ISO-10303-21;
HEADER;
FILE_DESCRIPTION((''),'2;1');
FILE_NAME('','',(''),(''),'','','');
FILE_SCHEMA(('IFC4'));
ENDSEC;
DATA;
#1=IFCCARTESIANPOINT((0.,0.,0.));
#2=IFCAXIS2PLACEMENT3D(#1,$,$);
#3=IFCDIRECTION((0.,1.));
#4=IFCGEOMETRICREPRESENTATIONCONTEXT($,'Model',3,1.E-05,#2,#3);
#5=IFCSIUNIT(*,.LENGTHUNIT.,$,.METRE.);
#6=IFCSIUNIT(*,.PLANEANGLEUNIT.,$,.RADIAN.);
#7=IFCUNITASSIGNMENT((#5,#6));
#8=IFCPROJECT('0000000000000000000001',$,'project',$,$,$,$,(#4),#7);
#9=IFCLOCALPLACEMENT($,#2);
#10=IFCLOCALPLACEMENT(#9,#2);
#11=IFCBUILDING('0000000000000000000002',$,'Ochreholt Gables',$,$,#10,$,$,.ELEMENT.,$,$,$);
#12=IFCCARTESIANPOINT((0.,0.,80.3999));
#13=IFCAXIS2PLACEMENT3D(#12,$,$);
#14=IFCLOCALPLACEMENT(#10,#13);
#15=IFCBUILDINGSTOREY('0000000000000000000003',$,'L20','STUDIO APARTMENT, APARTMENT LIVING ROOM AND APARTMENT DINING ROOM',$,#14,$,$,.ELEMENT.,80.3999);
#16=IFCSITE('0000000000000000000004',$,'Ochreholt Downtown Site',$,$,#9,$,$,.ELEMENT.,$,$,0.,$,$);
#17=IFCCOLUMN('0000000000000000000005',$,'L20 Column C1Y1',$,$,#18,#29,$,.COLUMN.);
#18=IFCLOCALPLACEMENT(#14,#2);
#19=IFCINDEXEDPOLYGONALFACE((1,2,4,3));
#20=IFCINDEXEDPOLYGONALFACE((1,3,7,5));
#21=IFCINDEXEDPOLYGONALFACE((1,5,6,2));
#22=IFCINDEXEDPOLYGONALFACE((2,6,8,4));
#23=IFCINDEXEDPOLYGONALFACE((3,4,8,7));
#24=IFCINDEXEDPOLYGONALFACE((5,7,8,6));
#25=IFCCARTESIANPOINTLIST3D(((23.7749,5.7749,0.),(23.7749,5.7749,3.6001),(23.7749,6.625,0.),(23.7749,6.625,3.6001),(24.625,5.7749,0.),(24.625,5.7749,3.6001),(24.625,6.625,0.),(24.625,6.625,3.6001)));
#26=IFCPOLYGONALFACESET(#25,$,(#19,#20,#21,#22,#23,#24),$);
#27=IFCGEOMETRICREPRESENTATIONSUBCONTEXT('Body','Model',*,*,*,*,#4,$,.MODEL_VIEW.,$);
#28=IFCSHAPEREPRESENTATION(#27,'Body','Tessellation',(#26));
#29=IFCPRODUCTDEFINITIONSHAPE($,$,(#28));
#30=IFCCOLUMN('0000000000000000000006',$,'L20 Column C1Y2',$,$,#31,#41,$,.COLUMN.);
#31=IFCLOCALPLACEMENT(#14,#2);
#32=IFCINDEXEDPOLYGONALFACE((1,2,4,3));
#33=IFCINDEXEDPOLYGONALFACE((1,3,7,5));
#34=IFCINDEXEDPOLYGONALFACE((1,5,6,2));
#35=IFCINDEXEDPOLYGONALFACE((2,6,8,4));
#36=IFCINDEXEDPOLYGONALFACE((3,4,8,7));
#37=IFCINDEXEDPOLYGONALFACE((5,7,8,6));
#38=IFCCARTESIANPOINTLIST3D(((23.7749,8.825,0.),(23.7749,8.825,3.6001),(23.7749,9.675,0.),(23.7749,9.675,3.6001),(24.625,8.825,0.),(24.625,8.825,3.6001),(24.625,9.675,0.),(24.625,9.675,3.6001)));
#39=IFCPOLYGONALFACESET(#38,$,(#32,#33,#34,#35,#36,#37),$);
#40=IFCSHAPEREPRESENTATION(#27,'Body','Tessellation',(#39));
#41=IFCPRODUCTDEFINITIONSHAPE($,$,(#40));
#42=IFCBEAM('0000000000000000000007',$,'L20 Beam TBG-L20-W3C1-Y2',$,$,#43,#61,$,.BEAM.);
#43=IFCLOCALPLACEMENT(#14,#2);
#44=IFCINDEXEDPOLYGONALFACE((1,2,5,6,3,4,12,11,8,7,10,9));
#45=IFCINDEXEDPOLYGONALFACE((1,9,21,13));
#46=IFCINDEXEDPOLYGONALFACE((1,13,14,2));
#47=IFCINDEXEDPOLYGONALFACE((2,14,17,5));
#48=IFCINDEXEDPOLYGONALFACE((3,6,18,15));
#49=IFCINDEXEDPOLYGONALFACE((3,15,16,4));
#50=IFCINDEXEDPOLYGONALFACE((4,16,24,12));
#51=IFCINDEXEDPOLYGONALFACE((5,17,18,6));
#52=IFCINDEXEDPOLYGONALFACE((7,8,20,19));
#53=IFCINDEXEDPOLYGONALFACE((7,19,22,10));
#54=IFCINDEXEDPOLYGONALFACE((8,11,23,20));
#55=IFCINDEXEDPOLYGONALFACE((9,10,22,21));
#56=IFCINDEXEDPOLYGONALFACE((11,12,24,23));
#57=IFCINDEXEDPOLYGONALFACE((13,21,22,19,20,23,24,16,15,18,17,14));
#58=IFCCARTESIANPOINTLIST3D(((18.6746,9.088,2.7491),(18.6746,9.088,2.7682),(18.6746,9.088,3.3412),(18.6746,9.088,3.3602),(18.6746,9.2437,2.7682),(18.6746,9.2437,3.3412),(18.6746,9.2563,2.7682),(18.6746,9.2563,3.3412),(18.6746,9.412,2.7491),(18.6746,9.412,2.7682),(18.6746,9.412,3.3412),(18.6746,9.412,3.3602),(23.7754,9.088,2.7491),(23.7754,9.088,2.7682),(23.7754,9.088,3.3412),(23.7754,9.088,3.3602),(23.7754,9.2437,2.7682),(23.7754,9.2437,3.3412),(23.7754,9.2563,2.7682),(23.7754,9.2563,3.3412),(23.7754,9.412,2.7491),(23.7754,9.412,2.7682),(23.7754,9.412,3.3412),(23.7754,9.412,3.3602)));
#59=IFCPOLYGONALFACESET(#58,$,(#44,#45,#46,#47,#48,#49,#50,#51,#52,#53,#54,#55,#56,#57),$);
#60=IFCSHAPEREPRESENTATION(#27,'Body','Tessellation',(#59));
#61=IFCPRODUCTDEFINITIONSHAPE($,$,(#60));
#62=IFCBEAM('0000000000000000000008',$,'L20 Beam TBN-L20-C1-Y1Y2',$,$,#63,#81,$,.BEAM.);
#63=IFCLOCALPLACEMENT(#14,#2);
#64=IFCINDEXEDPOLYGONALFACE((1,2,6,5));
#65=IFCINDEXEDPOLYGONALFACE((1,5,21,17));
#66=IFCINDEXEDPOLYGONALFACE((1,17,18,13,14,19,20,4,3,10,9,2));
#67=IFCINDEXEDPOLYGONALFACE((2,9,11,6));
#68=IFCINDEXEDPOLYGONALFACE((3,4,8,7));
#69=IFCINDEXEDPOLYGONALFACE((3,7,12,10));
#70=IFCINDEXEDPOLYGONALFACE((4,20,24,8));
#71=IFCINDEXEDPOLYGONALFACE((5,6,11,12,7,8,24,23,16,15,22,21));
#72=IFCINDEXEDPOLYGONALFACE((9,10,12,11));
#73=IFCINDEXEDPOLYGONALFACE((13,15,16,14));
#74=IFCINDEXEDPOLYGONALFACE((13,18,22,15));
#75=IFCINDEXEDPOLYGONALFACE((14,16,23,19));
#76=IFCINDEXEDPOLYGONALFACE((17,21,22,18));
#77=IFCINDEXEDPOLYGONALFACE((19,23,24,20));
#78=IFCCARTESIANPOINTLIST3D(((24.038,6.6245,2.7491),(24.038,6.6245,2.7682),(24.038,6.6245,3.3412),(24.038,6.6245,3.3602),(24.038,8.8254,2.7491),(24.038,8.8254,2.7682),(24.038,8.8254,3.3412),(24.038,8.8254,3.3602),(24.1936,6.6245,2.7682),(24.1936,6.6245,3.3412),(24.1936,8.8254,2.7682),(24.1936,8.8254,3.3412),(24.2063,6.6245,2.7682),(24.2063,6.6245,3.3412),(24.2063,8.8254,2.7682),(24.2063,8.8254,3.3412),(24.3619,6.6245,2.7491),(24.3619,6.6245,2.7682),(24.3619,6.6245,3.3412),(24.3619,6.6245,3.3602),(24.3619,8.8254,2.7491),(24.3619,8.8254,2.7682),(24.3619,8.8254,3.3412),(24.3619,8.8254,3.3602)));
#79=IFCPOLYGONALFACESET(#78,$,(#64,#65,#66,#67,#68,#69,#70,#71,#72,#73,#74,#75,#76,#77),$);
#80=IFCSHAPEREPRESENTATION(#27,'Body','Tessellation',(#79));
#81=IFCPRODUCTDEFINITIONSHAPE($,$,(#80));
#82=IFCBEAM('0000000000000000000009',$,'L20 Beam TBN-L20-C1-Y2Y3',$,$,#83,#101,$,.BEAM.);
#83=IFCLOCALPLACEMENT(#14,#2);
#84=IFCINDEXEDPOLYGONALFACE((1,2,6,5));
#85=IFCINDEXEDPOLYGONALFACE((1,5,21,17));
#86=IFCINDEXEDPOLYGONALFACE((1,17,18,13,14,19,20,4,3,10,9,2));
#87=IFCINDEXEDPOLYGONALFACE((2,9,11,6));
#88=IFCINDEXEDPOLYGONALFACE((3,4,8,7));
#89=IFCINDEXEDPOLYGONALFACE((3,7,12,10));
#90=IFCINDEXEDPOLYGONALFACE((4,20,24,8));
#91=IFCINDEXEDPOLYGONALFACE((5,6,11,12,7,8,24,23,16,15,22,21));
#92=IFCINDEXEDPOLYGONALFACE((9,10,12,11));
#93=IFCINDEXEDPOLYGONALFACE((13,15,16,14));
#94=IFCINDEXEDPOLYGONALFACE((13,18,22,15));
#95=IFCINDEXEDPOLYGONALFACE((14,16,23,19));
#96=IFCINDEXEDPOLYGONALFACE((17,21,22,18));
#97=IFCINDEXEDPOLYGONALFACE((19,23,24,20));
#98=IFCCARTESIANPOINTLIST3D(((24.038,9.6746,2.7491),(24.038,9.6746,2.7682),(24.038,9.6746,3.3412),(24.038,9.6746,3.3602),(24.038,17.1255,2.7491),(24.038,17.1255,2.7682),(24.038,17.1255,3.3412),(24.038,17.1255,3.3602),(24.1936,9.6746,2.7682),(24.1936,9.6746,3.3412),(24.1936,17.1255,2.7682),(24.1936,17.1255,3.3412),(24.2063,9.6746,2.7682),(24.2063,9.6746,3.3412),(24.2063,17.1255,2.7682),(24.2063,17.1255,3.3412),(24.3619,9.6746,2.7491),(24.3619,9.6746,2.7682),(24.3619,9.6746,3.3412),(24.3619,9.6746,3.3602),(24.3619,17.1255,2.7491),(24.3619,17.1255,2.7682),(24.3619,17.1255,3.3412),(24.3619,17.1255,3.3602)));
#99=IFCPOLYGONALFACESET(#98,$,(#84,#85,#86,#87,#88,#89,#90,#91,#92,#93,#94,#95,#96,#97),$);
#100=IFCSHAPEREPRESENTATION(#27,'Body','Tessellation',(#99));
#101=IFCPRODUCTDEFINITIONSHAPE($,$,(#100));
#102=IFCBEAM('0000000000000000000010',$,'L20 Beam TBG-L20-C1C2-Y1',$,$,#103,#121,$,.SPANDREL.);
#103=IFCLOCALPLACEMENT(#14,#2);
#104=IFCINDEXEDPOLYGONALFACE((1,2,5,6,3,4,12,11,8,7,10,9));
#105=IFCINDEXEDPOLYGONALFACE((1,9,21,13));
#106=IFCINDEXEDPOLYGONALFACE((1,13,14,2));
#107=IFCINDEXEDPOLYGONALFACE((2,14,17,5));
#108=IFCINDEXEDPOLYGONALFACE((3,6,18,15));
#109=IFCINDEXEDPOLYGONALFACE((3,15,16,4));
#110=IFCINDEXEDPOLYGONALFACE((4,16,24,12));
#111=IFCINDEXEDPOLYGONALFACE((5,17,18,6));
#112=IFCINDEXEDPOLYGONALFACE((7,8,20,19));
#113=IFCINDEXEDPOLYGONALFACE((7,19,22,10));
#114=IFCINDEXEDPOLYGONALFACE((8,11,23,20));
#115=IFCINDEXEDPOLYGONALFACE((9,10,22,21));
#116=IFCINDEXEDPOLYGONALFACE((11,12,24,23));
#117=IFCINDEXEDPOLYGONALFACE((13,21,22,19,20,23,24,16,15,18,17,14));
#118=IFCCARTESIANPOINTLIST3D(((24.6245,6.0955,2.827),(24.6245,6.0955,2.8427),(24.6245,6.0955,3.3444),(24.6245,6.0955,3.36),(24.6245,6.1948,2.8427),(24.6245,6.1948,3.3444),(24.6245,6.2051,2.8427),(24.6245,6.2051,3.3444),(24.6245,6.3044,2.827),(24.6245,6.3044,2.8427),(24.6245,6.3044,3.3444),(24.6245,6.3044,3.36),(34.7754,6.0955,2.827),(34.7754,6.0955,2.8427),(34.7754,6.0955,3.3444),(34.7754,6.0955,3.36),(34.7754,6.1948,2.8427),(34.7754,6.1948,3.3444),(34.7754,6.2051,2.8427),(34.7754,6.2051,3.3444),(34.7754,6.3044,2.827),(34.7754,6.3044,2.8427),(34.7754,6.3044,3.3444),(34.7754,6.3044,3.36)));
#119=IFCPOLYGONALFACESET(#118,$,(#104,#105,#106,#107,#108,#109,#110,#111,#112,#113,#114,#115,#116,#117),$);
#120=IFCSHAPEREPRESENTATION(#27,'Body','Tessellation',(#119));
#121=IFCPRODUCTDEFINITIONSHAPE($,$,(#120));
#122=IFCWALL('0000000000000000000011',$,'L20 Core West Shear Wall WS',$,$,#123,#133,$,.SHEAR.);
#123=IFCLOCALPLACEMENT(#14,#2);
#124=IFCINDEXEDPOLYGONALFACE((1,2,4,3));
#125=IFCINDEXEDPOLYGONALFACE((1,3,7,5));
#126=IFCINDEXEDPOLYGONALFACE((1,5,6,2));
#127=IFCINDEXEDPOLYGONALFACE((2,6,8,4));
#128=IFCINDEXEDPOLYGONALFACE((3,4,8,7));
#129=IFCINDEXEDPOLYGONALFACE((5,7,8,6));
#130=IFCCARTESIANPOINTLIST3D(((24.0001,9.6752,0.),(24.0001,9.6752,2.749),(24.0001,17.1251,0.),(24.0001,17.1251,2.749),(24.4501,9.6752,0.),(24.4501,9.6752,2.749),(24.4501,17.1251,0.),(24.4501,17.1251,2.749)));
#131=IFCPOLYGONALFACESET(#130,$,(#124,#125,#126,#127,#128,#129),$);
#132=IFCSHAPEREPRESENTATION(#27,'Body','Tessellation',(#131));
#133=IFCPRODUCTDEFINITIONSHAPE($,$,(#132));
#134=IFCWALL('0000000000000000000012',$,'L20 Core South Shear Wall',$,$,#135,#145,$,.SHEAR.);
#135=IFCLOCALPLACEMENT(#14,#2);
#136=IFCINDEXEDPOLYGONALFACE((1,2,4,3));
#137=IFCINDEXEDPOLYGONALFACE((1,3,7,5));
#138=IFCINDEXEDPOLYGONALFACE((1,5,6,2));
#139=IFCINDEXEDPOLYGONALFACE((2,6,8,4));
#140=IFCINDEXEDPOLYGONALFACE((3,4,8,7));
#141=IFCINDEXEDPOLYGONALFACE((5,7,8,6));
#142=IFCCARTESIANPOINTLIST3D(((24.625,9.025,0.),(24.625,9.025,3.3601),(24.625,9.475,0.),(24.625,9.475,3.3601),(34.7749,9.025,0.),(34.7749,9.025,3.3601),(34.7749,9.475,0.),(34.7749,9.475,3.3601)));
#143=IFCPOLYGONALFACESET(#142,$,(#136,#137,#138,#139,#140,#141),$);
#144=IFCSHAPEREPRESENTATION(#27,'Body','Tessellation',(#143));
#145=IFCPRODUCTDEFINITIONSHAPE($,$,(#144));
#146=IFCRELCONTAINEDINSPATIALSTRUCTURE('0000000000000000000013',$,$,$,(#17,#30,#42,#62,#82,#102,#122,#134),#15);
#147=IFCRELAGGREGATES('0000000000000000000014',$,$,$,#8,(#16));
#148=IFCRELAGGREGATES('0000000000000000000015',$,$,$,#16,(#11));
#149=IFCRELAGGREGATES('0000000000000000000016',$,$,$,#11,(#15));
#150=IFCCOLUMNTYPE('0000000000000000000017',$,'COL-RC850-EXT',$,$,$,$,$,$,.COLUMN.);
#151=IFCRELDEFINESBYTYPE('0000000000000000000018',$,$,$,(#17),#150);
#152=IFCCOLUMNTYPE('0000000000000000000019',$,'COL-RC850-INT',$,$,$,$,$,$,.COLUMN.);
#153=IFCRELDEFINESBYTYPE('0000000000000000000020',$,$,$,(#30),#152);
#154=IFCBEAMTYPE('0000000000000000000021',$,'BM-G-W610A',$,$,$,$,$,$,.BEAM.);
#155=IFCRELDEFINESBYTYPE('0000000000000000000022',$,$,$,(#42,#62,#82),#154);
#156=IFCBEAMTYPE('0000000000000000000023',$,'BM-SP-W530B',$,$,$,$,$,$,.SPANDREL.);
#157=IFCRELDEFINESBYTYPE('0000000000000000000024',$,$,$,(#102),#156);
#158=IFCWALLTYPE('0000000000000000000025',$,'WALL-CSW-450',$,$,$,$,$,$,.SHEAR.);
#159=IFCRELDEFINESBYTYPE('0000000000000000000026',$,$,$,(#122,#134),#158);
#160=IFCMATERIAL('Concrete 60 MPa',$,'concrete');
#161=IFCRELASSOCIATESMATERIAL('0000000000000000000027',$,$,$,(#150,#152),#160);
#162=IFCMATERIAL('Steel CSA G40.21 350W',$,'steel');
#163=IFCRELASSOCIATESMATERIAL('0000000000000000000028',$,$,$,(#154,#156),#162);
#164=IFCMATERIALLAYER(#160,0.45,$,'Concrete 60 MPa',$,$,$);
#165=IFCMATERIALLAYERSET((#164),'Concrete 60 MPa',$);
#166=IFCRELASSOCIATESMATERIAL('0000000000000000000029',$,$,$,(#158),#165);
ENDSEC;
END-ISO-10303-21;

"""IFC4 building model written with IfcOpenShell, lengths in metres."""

from ifc_helpers import new_model, si_unit, direction, frame, frame_2d, origin, origin_2d, place, context, subcontext, project, spatial, rectangle, i_section, extrude, material, layer, layer_set, material_profile, profile_set, type_object, element, save


model = new_model("IFC4")

# Units and contexts
model_context = context("Model", 3, precision=1e-05, world=origin(), true_north=direction((0.0, 1.0)))
body_context = subcontext(model_context, "Body", "Model", "MODEL_VIEW")
ifc_project = project(units=[si_unit("LENGTHUNIT", "METRE"), si_unit("PLANEANGLEUNIT", "RADIAN")], contexts=[model_context])

# Site, building, storey
site_placement = place(None, origin())
site = spatial("IfcSite", under=ifc_project, at=site_placement, Name="Ochreholt Downtown Site", CompositionType="ELEMENT", RefElevation=0.0)
building_placement = place(site_placement, origin())
building = spatial("IfcBuilding", under=site, at=building_placement, Name="Ochreholt Gables", CompositionType="ELEMENT")
storey_placement = place(building_placement, frame((0.0, 0.0, 80.3999)))
storey = spatial("IfcBuildingStorey", under=building, at=storey_placement, Name="L20", Description="STUDIO APARTMENT, APARTMENT LIVING ROOM AND APARTMENT DINING ROOM", CompositionType="ELEMENT", Elevation=80.3999)

# Columns
ifc_material_1 = material(Name="Concrete 60 MPa", Category="concrete")
ifc_material_profile_1 = material_profile(ifc_material_1, rectangle(XDim=0.8501, YDim=0.8501, at=origin_2d()), Name="RC850X850")
ifc_profile_set_1 = profile_set([ifc_material_profile_1], Name="Concrete 60 MPa")
column_type_1 = type_object("IfcColumnType", Name="COL-RC850-EXT", PredefinedType="COLUMN", material=ifc_profile_set_1)
column_1_placement = place(storey_placement, frame((24.2, 6.2, 0.0), z_axis=(0.0, 0.0, 1.0), x_axis=(1.0, 0.0, 0.0)))
element("IfcColumn", 1, at=column_1_placement, inside=storey, type_object=column_type_1, Name="L20 Column C1Y1", PredefinedType="COLUMN", context=body_context, shape_type="SweptSolid", body=[
    extrude(rectangle(XDim=0.8501, YDim=0.8501, at=origin_2d()), origin(), (0.0, 0.0, 1.0), 3.6001),
])
ifc_material_profile_2 = material_profile(ifc_material_1, rectangle(XDim=0.8501, YDim=0.8501, at=origin_2d()), Name="RC850X850")
ifc_profile_set_2 = profile_set([ifc_material_profile_2], Name="Concrete 60 MPa")
column_type_2 = type_object("IfcColumnType", Name="COL-RC850-INT", PredefinedType="COLUMN", material=ifc_profile_set_2)
column_2_placement = place(storey_placement, frame((24.2, 9.25, 0.0), z_axis=(0.0, 0.0, 1.0), x_axis=(1.0, 0.0, 0.0)))
element("IfcColumn", 2, at=column_2_placement, inside=storey, type_object=column_type_2, Name="L20 Column C1Y2", PredefinedType="COLUMN", context=body_context, shape_type="SweptSolid", body=[
    extrude(rectangle(XDim=0.8501, YDim=0.8501, at=origin_2d()), origin(), (0.0, 0.0, 1.0), 3.6001),
])

# Beams
ifc_material_2 = material(Name="Steel CSA G40.21 350W", Category="steel")
ifc_material_profile_3 = material_profile(ifc_material_2, i_section(OverallWidth=0.324, OverallDepth=0.6111, WebThickness=0.0127, FlangeThickness=0.019, at=origin_2d()), Name="W610X155")
ifc_profile_set_3 = profile_set([ifc_material_profile_3], Name="Steel CSA G40.21 350W")
beam_type_1 = type_object("IfcBeamType", Name="BM-G-W610A", PredefinedType="BEAM", material=ifc_profile_set_3)
beam_1_placement = place(storey_placement, frame((18.6746, 9.25, 3.0547), z_axis=(1.0, 0.0, 0.0), x_axis=(0.0, 1.0, 0.0)))
element("IfcBeam", 3, at=beam_1_placement, inside=storey, type_object=beam_type_1, Name="L20 Beam TBG-L20-W3C1-Y2", PredefinedType="BEAM", context=body_context, shape_type="SweptSolid", body=[
    extrude(i_section(OverallWidth=0.324, OverallDepth=0.6111, WebThickness=0.0127, FlangeThickness=0.019, at=origin_2d()), origin(), (0.0, 0.0, 1.0), 5.1008),
])
beam_2_placement = place(storey_placement, frame((24.2, 6.6245, 3.0547), z_axis=(0.0, 1.0, 0.0), x_axis=(-1.0, 0.0, 0.0)))
element("IfcBeam", 4, at=beam_2_placement, inside=storey, type_object=beam_type_1, Name="L20 Beam TBN-L20-C1-Y1Y2", PredefinedType="BEAM", context=body_context, shape_type="SweptSolid", body=[
    extrude(i_section(OverallWidth=0.324, OverallDepth=0.6111, WebThickness=0.0127, FlangeThickness=0.019, at=origin_2d()), origin(), (0.0, 0.0, 1.0), 2.2009),
])
beam_3_placement = place(storey_placement, frame((24.2, 9.6746, 3.0547), z_axis=(0.0, 1.0, 0.0), x_axis=(-1.0, 0.0, 0.0)))
element("IfcBeam", 5, at=beam_3_placement, inside=storey, type_object=beam_type_1, Name="L20 Beam TBN-L20-C1-Y2Y3", PredefinedType="BEAM", context=body_context, shape_type="SweptSolid", body=[
    extrude(i_section(OverallWidth=0.324, OverallDepth=0.6111, WebThickness=0.0127, FlangeThickness=0.019, at=origin_2d()), origin(), (0.0, 0.0, 1.0), 7.4509),
])
ifc_material_profile_4 = material_profile(ifc_material_2, i_section(OverallWidth=0.209, OverallDepth=0.533, WebThickness=0.0103, FlangeThickness=0.0156, at=origin_2d()), Name="W530X92")
ifc_profile_set_4 = profile_set([ifc_material_profile_4], Name="Steel CSA G40.21 350W")
beam_type_2 = type_object("IfcBeamType", Name="BM-SP-W530B", PredefinedType="SPANDREL", material=ifc_profile_set_4)
beam_4_placement = place(storey_placement, frame((24.6245, 6.2, 3.0935), z_axis=(1.0, 0.0, 0.0), x_axis=(0.0, 1.0, 0.0)))
element("IfcBeam", 6, at=beam_4_placement, inside=storey, type_object=beam_type_2, Name="L20 Beam TBG-L20-C1C2-Y1", PredefinedType="SPANDREL", context=body_context, shape_type="SweptSolid", body=[
    extrude(i_section(OverallWidth=0.209, OverallDepth=0.533, WebThickness=0.0103, FlangeThickness=0.0156, at=origin_2d()), origin(), (0.0, 0.0, 1.0), 10.1509),
])

# Walls
ifc_layer_1 = layer(ifc_material_1, 0.45, Name="Concrete 60 MPa")
ifc_layer_set_1 = layer_set([ifc_layer_1], Name="Concrete 60 MPa")
wall_type_1 = type_object("IfcWallType", Name="WALL-CSW-450", PredefinedType="SHEAR", material=ifc_layer_set_1)
wall_1_placement = place(storey_placement, frame((24.2251, 9.675, 0.0), z_axis=(0.0, 0.0, 1.0), x_axis=(0.0, 1.0, 0.0)))
element("IfcWall", 7, at=wall_1_placement, inside=storey, type_object=wall_type_1, Name="L20 Core West Shear Wall WS", PredefinedType="SHEAR", context=body_context, shape_type="SweptSolid", body=[
    extrude(rectangle(XDim=7.45, YDim=0.45, at=frame_2d((3.7251, 0.0))), origin(), (0.0, 0.0, 1.0), 2.749),
])
wall_2_placement = place(storey_placement, frame((24.625, 9.25, 0.0), z_axis=(0.0, 0.0, 1.0), x_axis=(1.0, 0.0, 0.0)))
element("IfcWall", 8, at=wall_2_placement, inside=storey, type_object=wall_type_1, Name="L20 Core South Shear Wall", PredefinedType="SHEAR", context=body_context, shape_type="SweptSolid", body=[
    extrude(rectangle(XDim=10.1499, YDim=0.45, at=frame_2d((5.075, 0.0))), origin(), (0.0, 0.0, 1.0), 3.3601),
])

save(model, "model.ifc")
